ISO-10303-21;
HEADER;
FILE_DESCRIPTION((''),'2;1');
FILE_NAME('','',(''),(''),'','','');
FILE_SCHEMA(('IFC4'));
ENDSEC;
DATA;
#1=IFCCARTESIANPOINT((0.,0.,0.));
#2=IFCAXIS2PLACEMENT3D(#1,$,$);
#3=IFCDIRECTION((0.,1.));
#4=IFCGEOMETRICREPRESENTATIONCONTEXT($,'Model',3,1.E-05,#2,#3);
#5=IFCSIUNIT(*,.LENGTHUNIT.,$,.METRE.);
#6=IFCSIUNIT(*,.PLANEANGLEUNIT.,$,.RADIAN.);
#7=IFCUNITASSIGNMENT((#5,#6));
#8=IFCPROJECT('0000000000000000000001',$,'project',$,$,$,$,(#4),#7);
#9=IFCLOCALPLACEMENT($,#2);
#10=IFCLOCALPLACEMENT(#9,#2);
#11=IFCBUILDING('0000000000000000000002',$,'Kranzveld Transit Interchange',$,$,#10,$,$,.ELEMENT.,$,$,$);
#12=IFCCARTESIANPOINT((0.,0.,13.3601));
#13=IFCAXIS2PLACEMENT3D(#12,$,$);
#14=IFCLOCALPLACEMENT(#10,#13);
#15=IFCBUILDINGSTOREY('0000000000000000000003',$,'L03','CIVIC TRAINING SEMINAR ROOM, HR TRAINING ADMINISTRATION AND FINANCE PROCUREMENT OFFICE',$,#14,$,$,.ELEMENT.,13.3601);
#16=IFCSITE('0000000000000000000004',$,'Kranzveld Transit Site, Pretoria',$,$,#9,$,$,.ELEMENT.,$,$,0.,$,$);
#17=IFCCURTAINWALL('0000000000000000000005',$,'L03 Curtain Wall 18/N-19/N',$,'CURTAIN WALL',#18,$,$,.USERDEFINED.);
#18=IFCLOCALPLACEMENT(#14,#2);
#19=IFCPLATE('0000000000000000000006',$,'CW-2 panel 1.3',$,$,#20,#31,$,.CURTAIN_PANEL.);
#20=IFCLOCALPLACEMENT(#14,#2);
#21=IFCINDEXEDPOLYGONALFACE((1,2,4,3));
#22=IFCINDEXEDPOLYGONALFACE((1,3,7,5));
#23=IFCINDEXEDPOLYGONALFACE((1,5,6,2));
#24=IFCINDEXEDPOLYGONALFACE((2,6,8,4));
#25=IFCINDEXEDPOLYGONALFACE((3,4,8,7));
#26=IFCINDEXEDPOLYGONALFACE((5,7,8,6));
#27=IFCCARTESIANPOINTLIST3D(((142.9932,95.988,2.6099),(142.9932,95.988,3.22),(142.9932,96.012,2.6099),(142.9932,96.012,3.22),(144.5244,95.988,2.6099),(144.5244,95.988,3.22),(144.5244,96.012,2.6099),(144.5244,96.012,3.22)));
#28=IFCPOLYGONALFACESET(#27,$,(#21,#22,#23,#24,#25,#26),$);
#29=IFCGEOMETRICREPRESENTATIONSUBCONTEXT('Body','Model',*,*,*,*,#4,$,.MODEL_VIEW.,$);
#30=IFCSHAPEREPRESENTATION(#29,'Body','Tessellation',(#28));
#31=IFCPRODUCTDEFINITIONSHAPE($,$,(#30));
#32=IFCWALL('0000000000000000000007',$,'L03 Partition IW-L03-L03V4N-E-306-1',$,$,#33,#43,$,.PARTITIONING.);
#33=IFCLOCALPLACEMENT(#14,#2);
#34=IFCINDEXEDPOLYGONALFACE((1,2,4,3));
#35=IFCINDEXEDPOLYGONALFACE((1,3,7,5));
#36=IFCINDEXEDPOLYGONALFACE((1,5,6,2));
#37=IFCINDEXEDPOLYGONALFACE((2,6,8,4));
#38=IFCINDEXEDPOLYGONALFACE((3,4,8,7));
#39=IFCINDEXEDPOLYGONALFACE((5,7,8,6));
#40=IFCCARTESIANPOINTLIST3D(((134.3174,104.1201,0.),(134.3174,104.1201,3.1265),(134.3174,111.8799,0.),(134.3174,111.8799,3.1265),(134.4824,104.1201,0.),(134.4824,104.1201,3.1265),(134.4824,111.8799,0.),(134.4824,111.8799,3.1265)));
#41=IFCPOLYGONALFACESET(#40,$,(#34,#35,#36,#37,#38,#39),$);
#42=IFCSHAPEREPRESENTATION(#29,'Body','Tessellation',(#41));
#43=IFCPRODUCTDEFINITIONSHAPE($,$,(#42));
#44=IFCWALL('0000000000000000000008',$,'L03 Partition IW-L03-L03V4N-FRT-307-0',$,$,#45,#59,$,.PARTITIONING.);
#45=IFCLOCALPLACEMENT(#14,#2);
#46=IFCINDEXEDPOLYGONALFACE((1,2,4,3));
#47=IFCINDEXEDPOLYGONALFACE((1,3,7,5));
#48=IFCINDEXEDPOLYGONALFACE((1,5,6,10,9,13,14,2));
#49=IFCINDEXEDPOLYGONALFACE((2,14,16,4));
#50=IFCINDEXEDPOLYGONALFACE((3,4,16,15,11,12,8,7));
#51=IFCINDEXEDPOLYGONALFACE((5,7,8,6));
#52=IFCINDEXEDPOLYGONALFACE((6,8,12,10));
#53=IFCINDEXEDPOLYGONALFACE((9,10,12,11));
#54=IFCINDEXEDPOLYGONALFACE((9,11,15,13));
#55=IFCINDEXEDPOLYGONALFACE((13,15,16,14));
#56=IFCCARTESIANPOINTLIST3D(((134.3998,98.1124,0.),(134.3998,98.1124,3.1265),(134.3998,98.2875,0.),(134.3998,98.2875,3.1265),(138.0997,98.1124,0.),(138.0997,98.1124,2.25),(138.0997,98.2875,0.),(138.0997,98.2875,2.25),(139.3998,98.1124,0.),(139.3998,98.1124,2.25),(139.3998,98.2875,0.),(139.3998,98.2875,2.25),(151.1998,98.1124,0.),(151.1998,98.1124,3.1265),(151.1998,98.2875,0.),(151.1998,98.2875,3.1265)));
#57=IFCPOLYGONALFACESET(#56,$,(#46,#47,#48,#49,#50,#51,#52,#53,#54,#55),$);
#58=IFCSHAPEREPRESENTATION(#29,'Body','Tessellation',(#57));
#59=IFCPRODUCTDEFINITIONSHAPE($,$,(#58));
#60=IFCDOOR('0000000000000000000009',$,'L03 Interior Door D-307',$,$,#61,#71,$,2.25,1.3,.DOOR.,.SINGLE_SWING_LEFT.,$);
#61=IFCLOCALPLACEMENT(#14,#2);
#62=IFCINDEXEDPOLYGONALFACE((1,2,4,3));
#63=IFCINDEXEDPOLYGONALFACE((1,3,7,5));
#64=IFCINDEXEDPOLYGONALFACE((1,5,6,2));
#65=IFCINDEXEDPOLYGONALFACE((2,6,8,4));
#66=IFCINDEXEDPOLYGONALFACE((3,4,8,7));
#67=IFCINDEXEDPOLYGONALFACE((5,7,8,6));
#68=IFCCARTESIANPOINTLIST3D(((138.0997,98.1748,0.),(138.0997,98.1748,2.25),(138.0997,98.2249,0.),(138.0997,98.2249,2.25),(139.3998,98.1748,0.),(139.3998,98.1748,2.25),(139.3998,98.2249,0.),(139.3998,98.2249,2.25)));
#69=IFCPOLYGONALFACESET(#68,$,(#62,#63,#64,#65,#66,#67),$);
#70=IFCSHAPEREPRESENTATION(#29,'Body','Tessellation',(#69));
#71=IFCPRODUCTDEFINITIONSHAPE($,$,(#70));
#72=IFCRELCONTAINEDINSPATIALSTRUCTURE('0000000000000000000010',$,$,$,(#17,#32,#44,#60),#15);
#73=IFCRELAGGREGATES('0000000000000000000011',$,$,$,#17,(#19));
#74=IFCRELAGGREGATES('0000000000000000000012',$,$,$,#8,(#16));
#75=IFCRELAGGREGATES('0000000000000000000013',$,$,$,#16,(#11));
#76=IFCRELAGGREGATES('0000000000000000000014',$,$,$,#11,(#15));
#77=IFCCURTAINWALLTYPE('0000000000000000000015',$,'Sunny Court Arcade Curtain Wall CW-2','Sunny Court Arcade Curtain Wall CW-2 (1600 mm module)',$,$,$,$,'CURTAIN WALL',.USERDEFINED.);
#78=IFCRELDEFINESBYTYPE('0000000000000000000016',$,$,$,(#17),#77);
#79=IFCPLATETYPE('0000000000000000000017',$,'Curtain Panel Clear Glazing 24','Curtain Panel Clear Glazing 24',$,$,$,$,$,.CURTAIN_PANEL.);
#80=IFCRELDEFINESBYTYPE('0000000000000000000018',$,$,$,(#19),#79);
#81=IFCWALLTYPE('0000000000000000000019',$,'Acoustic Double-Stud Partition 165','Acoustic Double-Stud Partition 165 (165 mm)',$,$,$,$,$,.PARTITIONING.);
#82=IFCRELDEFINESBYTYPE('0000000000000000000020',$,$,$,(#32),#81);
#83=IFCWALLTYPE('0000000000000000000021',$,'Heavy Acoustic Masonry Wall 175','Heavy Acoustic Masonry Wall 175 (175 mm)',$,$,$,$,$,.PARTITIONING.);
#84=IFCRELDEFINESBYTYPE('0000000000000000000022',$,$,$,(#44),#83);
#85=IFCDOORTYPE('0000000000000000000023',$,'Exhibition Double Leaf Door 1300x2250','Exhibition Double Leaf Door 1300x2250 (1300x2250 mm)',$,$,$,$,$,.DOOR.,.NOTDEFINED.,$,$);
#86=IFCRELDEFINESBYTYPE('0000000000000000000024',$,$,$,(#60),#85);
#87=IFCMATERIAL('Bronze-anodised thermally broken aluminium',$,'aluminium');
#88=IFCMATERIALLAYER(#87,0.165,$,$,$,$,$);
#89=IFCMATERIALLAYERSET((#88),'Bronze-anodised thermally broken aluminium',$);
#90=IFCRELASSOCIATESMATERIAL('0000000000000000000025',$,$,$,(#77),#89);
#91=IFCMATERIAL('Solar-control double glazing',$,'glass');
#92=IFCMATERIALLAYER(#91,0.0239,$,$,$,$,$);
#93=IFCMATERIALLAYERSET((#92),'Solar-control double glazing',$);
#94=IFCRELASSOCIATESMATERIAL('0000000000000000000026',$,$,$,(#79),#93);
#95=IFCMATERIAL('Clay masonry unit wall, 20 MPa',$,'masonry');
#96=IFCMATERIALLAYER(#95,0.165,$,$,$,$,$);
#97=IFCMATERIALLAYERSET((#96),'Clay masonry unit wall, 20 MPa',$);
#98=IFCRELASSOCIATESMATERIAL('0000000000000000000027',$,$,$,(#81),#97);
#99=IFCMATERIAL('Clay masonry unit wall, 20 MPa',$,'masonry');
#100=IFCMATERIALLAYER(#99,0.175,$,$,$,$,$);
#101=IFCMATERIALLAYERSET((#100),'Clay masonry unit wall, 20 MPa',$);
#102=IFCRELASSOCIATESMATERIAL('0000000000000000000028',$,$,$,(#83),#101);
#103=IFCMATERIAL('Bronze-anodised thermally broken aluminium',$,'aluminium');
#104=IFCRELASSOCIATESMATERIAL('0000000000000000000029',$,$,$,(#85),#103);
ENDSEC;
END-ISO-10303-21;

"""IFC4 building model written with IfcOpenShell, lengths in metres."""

from ifc_helpers import new_model, si_unit, direction, frame, frame_2d, origin, origin_2d, place, context, subcontext, project, spatial, rectangle, extrude, material, layer, layer_set, type_object, element, fill, aggregate, save


model = new_model("IFC4")

# Units and contexts
model_context = context("Model", 3, precision=1e-05, world=origin(), true_north=direction((0.0, 1.0)))
body_context = subcontext(model_context, "Body", "Model", "MODEL_VIEW")
ifc_project = project(units=[si_unit("LENGTHUNIT", "METRE"), si_unit("PLANEANGLEUNIT", "RADIAN")], contexts=[model_context])

# Site, building, storey
site_placement = place(None, origin())
site = spatial("IfcSite", under=ifc_project, at=site_placement, Name="Kranzveld Transit Site, Pretoria", CompositionType="ELEMENT", RefElevation=0.0)
building_placement = place(site_placement, origin())
building = spatial("IfcBuilding", under=site, at=building_placement, Name="Kranzveld Transit Interchange", CompositionType="ELEMENT")
storey_placement = place(building_placement, frame((0.0, 0.0, 13.3601)))
storey = spatial("IfcBuildingStorey", under=building, at=storey_placement, Name="L03", Description="CIVIC TRAINING SEMINAR ROOM, HR TRAINING ADMINISTRATION AND FINANCE PROCUREMENT OFFICE", CompositionType="ELEMENT", Elevation=13.3601)

# Curtain wall
ifc_material_1 = material(Name="Bronze-anodised thermally broken aluminium", Category="aluminium")
ifc_layer_1 = layer(ifc_material_1, 0.165)
ifc_layer_set_1 = layer_set([ifc_layer_1], Name="Bronze-anodised thermally broken aluminium")
curtain_wall_type = type_object("IfcCurtainWallType", Name="Sunny Court Arcade Curtain Wall CW-2", Description="Sunny Court Arcade Curtain Wall CW-2 (1600 mm module)", ElementType="CURTAIN WALL", PredefinedType="USERDEFINED", material=ifc_layer_set_1)
curtain_wall_placement = place(storey_placement, origin())
curtain_wall = element("IfcCurtainWall", 1, at=curtain_wall_placement, inside=storey, type_object=curtain_wall_type, Name="L03 Curtain Wall 18/N-19/N", ObjectType="CURTAIN WALL", PredefinedType="USERDEFINED")

# Plate
ifc_material_2 = material(Name="Solar-control double glazing", Category="glass")
ifc_layer_2 = layer(ifc_material_2, 0.0239)
ifc_layer_set_2 = layer_set([ifc_layer_2], Name="Solar-control double glazing")
plate_type = type_object("IfcPlateType", Name="Curtain Panel Clear Glazing 24", Description="Curtain Panel Clear Glazing 24", PredefinedType="CURTAIN_PANEL", material=ifc_layer_set_2)
plate_1_placement = place(storey_placement, frame((143.7588, 96.0, 2.6099), z_axis=(0.0, 0.0, 1.0), x_axis=(1.0, 0.0, 0.0)))
plate_1 = element("IfcPlate", 2, at=plate_1_placement, type_object=plate_type, Name="CW-2 panel 1.3", PredefinedType="CURTAIN_PANEL", context=body_context, shape_type="SweptSolid", body=[
    extrude(rectangle(XDim=1.5312, YDim=0.0239, at=origin_2d()), origin(), (0.0, 0.0, 1.0), 0.6101),
])
aggregate(curtain_wall, [plate_1])

# Wall
ifc_material_3 = material(Name="Clay masonry unit wall, 20 MPa", Category="masonry")
ifc_layer_3 = layer(ifc_material_3, 0.165)
ifc_layer_set_3 = layer_set([ifc_layer_3], Name="Clay masonry unit wall, 20 MPa")
wall_type_1 = type_object("IfcWallType", Name="Acoustic Double-Stud Partition 165", Description="Acoustic Double-Stud Partition 165 (165 mm)", PredefinedType="PARTITIONING", material=ifc_layer_set_3)
wall_1_placement = place(storey_placement, frame((134.3999, 104.1201, 0.0), z_axis=(0.0, 0.0, 1.0), x_axis=(0.0, 1.0, 0.0)))
element("IfcWall", 3, at=wall_1_placement, inside=storey, type_object=wall_type_1, Name="L03 Partition IW-L03-L03V4N-E-306-1", PredefinedType="PARTITIONING", context=body_context, shape_type="SweptSolid", body=[
    extrude(rectangle(XDim=7.7598, YDim=0.165, at=frame_2d((3.8799, 0.0))), origin(), (0.0, 0.0, 1.0), 3.1265),
])

# Wall, opening, door
ifc_material_4 = material(Name="Clay masonry unit wall, 20 MPa", Category="masonry")
ifc_layer_4 = layer(ifc_material_4, 0.175)
ifc_layer_set_4 = layer_set([ifc_layer_4], Name="Clay masonry unit wall, 20 MPa")
wall_type_2 = type_object("IfcWallType", Name="Heavy Acoustic Masonry Wall 175", Description="Heavy Acoustic Masonry Wall 175 (175 mm)", PredefinedType="PARTITIONING", material=ifc_layer_set_4)
wall_2_placement = place(storey_placement, frame((134.3999, 98.2, 0.0), z_axis=(0.0, 0.0, 1.0), x_axis=(1.0, 0.0, 0.0)))
wall_2 = element("IfcWall", 4, at=wall_2_placement, inside=storey, type_object=wall_type_2, Name="L03 Partition IW-L03-L03V4N-FRT-307-0", PredefinedType="PARTITIONING", context=body_context, shape_type="SweptSolid", body=[
    extrude(rectangle(XDim=16.8, YDim=0.175, at=frame_2d((8.3999, 0.0))), origin(), (0.0, 0.0, 1.0), 3.1265),
])
opening_placement = place(wall_2_placement, frame((3.7, 0.0, 0.0), z_axis=(0.0, 0.0, 1.0), x_axis=(1.0, 0.0, 0.0)))
opening = element("IfcOpeningElement", 5, at=opening_placement, cuts=wall_2, PredefinedType="OPENING", context=body_context, shape_type="SweptSolid", body=[
    extrude(rectangle(XDim=1.3, YDim=2.25, at=frame_2d((0.6499, 1.125))), frame((0.0, 0.0974, 0.0), z_axis=(0.0, -1.0, 0.0), x_axis=(1.0, 0.0, 0.0)), (0.0, 0.0, 1.0), 0.1951),
])
ifc_material_5 = material(Name="Bronze-anodised thermally broken aluminium", Category="aluminium")
door_type = type_object("IfcDoorType", Name="Exhibition Double Leaf Door 1300x2250", Description="Exhibition Double Leaf Door 1300x2250 (1300x2250 mm)", OperationType="NOTDEFINED", PredefinedType="DOOR", material=ifc_material_5)
door_placement = place(opening_placement, origin())
door = element("IfcDoor", 6, at=door_placement, inside=storey, type_object=door_type, Name="L03 Interior Door D-307", OperationType="SINGLE_SWING_LEFT", OverallHeight=2.25, OverallWidth=1.3, PredefinedType="DOOR", context=body_context, shape_type="SweptSolid", body=[
    extrude(rectangle(XDim=1.3, YDim=2.25, at=frame_2d((0.6499, 1.125))), frame((0.0, 0.0249, 0.0), z_axis=(0.0, -1.0, 0.0), x_axis=(1.0, 0.0, 0.0)), (0.0, 0.0, 1.0), 0.05),
])
fill(opening, door)

save(model, "model.ifc")
